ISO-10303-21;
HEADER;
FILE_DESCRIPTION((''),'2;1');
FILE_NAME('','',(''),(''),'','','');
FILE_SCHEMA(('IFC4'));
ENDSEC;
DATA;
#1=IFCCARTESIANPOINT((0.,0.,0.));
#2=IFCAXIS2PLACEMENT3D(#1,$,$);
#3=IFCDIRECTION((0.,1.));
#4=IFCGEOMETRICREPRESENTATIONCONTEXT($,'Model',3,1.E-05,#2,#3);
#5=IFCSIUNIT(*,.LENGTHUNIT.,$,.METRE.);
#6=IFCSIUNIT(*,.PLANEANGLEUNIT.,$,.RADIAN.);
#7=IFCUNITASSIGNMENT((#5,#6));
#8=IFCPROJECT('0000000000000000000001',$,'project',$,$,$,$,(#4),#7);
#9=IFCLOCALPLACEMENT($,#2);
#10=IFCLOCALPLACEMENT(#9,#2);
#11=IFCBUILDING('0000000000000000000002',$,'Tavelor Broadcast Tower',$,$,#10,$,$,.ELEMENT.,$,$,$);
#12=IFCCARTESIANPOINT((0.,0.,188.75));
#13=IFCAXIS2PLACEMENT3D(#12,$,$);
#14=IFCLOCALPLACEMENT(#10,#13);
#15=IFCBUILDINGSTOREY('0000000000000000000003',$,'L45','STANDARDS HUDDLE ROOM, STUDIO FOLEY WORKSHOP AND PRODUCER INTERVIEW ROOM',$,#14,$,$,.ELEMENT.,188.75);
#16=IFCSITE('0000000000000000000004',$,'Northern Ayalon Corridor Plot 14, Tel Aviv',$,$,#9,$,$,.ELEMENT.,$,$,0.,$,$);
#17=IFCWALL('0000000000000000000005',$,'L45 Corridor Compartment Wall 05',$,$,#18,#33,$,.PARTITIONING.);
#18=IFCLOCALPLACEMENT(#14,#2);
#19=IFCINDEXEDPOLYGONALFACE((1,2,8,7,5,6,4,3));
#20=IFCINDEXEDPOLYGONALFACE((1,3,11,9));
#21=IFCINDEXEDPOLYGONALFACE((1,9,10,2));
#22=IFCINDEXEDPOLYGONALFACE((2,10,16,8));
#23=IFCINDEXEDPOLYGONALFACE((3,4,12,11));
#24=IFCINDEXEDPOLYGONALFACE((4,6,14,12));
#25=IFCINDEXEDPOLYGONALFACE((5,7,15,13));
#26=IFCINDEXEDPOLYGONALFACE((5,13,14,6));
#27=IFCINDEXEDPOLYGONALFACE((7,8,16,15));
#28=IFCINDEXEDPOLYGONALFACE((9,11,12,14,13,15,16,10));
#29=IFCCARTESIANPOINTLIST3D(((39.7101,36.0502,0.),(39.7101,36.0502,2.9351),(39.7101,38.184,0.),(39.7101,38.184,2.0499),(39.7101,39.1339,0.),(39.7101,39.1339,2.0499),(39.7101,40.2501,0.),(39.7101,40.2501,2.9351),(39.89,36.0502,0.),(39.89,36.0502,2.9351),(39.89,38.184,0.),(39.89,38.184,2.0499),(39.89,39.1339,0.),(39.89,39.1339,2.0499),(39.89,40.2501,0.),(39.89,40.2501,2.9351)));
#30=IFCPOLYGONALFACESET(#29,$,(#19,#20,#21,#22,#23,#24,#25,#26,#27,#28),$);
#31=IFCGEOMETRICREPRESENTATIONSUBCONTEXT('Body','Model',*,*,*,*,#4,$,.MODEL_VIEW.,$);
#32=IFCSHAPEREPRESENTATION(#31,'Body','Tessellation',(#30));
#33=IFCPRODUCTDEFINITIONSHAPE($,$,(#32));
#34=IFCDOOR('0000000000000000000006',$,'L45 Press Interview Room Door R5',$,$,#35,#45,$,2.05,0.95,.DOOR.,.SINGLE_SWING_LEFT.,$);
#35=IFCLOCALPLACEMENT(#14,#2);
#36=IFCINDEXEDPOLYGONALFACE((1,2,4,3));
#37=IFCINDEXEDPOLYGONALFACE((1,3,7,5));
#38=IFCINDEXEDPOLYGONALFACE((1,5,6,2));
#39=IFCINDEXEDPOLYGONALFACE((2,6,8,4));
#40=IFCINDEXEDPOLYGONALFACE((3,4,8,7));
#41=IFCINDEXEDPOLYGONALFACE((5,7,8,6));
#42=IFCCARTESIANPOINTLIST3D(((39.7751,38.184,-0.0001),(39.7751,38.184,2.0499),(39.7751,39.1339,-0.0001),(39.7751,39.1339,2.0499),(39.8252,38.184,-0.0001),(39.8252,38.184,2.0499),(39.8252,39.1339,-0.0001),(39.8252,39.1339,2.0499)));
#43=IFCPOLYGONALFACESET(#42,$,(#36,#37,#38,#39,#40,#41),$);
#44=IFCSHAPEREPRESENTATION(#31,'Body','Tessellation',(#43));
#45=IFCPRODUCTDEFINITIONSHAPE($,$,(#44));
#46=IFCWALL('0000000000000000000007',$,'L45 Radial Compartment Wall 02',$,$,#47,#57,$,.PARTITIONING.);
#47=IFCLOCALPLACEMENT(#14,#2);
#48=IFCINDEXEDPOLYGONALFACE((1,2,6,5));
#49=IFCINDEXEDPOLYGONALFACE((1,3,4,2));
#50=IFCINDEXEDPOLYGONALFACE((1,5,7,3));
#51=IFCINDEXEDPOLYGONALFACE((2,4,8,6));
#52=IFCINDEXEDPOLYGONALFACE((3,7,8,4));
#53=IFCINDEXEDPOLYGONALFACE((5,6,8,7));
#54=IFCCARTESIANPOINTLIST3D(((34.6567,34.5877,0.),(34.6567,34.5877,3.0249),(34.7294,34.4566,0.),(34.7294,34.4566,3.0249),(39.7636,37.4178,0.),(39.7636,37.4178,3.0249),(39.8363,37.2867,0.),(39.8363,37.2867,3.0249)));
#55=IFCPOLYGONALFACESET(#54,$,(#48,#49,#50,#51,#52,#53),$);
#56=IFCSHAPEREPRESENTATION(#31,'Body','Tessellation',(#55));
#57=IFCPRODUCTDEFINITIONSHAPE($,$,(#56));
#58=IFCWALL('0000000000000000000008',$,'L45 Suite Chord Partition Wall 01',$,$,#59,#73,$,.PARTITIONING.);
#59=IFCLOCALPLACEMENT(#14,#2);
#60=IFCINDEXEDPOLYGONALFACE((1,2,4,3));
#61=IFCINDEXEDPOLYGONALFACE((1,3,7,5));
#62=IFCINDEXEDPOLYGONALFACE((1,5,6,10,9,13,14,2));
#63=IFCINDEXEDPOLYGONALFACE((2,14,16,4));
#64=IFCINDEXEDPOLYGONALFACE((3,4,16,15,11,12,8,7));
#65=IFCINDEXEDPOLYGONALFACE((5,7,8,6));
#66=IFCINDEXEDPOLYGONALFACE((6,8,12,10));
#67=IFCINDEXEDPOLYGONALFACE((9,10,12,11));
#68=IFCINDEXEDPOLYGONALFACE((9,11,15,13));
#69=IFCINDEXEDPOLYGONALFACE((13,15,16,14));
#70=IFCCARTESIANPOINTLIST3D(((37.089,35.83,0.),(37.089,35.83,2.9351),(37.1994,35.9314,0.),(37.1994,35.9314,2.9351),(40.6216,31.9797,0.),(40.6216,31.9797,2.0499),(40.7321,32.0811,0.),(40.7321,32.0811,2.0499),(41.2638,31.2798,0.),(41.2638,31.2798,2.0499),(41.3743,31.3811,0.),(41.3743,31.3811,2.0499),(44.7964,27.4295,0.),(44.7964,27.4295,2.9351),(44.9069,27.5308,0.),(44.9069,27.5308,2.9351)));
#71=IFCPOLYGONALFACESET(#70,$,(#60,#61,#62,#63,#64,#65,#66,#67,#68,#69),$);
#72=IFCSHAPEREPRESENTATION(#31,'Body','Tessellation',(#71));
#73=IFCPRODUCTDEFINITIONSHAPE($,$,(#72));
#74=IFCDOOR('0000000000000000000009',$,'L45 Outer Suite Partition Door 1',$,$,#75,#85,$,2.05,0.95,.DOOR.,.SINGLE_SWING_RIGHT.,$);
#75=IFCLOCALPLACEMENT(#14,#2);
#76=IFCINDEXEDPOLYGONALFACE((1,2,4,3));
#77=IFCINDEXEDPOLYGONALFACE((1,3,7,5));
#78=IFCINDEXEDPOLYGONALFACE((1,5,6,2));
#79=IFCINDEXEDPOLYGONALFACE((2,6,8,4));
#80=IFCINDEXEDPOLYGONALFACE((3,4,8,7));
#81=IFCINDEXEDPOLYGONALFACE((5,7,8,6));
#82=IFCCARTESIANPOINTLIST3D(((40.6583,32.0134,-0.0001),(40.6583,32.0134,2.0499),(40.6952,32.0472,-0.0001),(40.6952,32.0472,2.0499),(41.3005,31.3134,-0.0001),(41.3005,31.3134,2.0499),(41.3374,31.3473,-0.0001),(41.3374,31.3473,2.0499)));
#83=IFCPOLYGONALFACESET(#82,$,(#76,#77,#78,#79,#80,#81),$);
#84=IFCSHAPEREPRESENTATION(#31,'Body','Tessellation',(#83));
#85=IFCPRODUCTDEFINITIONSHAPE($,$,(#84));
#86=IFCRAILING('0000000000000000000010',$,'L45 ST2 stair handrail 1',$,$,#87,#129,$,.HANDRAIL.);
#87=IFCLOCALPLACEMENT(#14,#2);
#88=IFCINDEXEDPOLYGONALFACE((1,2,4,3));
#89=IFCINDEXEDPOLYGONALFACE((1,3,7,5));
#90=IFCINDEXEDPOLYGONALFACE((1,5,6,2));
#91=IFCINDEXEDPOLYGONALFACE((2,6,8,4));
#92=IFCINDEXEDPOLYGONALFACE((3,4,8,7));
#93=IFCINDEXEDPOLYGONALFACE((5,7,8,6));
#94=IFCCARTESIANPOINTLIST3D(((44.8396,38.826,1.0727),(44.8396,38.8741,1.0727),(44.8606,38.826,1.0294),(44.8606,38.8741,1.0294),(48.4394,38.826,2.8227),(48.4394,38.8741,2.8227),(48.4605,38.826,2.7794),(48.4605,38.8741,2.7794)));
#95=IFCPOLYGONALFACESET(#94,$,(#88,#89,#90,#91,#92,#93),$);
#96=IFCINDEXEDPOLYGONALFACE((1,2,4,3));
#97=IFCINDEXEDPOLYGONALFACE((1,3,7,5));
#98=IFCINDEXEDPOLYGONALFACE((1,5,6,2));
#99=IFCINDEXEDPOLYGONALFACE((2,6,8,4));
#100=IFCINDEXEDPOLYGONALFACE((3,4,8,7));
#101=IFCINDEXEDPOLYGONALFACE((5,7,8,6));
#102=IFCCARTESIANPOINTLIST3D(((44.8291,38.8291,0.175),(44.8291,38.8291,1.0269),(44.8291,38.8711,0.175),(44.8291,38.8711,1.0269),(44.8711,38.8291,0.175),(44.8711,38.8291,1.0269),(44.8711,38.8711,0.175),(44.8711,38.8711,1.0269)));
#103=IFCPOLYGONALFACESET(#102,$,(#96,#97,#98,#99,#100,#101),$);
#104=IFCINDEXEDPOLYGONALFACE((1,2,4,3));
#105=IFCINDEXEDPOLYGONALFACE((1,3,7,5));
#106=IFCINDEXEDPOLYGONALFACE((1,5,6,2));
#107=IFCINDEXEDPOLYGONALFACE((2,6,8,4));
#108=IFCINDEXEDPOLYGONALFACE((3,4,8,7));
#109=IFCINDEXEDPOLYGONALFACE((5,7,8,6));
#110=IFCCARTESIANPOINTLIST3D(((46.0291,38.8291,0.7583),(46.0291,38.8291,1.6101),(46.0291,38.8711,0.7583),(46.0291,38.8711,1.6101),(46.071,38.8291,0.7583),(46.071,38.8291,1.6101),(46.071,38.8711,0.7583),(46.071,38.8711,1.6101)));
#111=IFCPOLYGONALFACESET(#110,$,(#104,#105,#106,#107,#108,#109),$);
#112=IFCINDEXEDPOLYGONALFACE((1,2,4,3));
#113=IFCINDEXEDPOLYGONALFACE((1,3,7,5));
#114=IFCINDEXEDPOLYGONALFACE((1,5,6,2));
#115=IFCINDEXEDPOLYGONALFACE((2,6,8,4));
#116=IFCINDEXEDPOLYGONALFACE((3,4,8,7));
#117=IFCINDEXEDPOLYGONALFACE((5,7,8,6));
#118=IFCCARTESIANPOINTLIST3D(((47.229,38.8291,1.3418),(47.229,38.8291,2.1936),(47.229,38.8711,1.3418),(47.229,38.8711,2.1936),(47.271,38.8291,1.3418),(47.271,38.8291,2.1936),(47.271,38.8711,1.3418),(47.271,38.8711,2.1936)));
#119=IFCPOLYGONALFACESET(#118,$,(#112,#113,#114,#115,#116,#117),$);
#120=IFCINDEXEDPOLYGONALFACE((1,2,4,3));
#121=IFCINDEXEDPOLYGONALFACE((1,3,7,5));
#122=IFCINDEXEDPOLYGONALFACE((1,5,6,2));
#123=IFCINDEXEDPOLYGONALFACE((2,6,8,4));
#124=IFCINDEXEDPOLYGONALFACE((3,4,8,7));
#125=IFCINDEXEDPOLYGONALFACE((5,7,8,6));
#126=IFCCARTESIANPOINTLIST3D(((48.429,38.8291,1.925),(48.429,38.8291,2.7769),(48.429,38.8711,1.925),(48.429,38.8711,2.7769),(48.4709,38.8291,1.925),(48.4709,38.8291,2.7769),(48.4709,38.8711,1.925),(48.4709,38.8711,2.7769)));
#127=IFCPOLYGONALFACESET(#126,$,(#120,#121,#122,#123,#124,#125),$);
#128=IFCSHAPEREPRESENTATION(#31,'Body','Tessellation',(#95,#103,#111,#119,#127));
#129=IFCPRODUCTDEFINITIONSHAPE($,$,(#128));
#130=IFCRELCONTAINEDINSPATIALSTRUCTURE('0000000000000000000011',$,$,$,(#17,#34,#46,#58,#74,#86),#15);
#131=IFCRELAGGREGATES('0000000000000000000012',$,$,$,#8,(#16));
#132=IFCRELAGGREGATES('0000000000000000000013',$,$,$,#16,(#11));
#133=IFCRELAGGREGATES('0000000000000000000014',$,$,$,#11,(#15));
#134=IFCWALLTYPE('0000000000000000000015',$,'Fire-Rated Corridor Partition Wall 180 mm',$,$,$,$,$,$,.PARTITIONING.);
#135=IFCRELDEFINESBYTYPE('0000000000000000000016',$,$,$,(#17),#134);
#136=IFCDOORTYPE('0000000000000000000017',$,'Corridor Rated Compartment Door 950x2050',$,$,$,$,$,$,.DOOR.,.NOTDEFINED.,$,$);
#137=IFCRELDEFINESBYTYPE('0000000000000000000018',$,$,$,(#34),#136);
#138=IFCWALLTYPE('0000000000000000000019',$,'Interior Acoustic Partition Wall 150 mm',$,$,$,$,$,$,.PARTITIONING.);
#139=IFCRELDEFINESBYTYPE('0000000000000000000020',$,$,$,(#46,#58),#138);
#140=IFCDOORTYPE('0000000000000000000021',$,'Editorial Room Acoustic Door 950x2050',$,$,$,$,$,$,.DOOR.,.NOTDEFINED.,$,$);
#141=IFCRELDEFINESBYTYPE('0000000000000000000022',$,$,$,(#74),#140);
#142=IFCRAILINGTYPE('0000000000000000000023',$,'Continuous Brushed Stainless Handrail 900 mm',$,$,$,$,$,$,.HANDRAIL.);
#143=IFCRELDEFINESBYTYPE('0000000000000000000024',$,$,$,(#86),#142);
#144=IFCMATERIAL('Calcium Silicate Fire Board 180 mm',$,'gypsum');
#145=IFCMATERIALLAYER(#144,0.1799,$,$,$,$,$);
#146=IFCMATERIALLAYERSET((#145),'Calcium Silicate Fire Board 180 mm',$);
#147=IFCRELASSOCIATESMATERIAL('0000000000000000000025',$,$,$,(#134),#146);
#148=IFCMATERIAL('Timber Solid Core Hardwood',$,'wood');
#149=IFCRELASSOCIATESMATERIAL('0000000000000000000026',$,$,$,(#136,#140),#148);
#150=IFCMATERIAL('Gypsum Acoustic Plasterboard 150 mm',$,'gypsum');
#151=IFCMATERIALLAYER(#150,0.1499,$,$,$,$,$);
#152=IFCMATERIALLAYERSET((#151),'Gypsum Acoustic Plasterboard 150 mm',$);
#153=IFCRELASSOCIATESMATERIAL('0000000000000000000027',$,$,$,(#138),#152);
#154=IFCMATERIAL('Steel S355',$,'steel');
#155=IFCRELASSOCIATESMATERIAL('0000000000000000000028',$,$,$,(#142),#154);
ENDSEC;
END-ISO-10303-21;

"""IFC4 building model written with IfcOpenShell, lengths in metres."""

from ifc_helpers import new_model, si_unit, direction, frame, frame_2d, origin, origin_2d, place, context, subcontext, project, spatial, rectangle, extrude, material, layer, layer_set, type_object, element, fill, save


model = new_model("IFC4")

# Units and contexts
model_context = context("Model", 3, precision=1e-05, world=origin(), true_north=direction((0.0, 1.0)))
body_context = subcontext(model_context, "Body", "Model", "MODEL_VIEW")
ifc_project = project(units=[si_unit("LENGTHUNIT", "METRE"), si_unit("PLANEANGLEUNIT", "RADIAN")], contexts=[model_context])

# Site, building, storey
site_placement = place(None, origin())
site = spatial("IfcSite", under=ifc_project, at=site_placement, Name="Northern Ayalon Corridor Plot 14, Tel Aviv", CompositionType="ELEMENT", RefElevation=0.0)
building_placement = place(site_placement, origin())
building = spatial("IfcBuilding", under=site, at=building_placement, Name="Tavelor Broadcast Tower", CompositionType="ELEMENT")
storey_placement = place(building_placement, frame((0.0, 0.0, 188.75)))
storey = spatial("IfcBuildingStorey", under=building, at=storey_placement, Name="L45", Description="STANDARDS HUDDLE ROOM, STUDIO FOLEY WORKSHOP AND PRODUCER INTERVIEW ROOM", CompositionType="ELEMENT", Elevation=188.75)

# Shared definitions
ifc_material_1 = material(Name="Steel S355", Category="steel")

# Wall, opening, door
ifc_material_2 = material(Name="Calcium Silicate Fire Board 180 mm", Category="gypsum")
ifc_layer_1 = layer(ifc_material_2, 0.1799)
ifc_layer_set_1 = layer_set([ifc_layer_1], Name="Calcium Silicate Fire Board 180 mm")
wall_type_1 = type_object("IfcWallType", Name="Fire-Rated Corridor Partition Wall 180 mm", PredefinedType="PARTITIONING", material=ifc_layer_set_1)
wall_1_placement = place(storey_placement, frame((39.8, 36.05, 0.0), z_axis=(0.0, 0.0, 1.0), x_axis=(0.0, 1.0, 0.0)))
wall_1 = element("IfcWall", 1, at=wall_1_placement, inside=storey, type_object=wall_type_1, Name="L45 Corridor Compartment Wall 05", PredefinedType="PARTITIONING", context=body_context, shape_type="SweptSolid", body=[
    extrude(rectangle(XDim=4.2, YDim=0.1799, at=frame_2d((2.1001, 0.0))), origin(), (0.0, 0.0, 1.0), 2.9351),
])
opening_1_placement = place(wall_1_placement, frame((2.1338, 0.0, 0.0)))
opening_1 = element("IfcOpeningElement", 2, at=opening_1_placement, cuts=wall_1, PredefinedType="OPENING", context=body_context, shape_type="SweptSolid", body=[
    extrude(rectangle(XDim=0.95, YDim=2.05, at=frame_2d((0.4751, 1.0249))), frame((0.0, 0.1001, 0.0), z_axis=(0.0, -1.0, 0.0), x_axis=(1.0, 0.0, 0.0)), (0.0, 0.0, 1.0), 0.2),
])
ifc_material_3 = material(Name="Timber Solid Core Hardwood", Category="wood")
door_type_1 = type_object("IfcDoorType", Name="Corridor Rated Compartment Door 950x2050", OperationType="NOTDEFINED", PredefinedType="DOOR", material=ifc_material_3)
door_1_placement = place(opening_1_placement, origin())
door_1 = element("IfcDoor", 3, at=door_1_placement, inside=storey, type_object=door_type_1, Name="L45 Press Interview Room Door R5", OperationType="SINGLE_SWING_LEFT", OverallHeight=2.05, OverallWidth=0.95, PredefinedType="DOOR", context=body_context, shape_type="SweptSolid", body=[
    extrude(rectangle(XDim=0.95, YDim=2.05, at=frame_2d((0.4751, 1.0249))), frame((0.0, 0.0249, 0.0), z_axis=(0.0, -1.0, 0.0), x_axis=(1.0, 0.0, 0.0)), (0.0, 0.0, 1.0), 0.05),
])
fill(opening_1, door_1)

# Wall
ifc_material_4 = material(Name="Gypsum Acoustic Plasterboard 150 mm", Category="gypsum")
ifc_layer_2 = layer(ifc_material_4, 0.1499)
ifc_layer_set_2 = layer_set([ifc_layer_2], Name="Gypsum Acoustic Plasterboard 150 mm")
wall_type_2 = type_object("IfcWallType", Name="Interior Acoustic Partition Wall 150 mm", PredefinedType="PARTITIONING", material=ifc_layer_set_2)
wall_2_placement = place(storey_placement, frame((39.8, 37.3523, 0.0), z_axis=(0.0, 0.0, 1.0), x_axis=(-0.874674, -0.484712, 0.0)))
element("IfcWall", 4, at=wall_2_placement, inside=storey, type_object=wall_type_2, Name="L45 Radial Compartment Wall 02", PredefinedType="PARTITIONING", context=body_context, shape_type="SweptSolid", body=[
    extrude(rectangle(XDim=5.8386, YDim=0.1499, at=frame_2d((2.9194, 0.0))), origin(), (0.0, 0.0, 1.0), 3.0249),
])

# Wall, opening, door
wall_3_placement = place(storey_placement, frame((37.1443, 35.8806, 0.0), z_axis=(0.0, 0.0, 1.0), x_axis=(0.676055, -0.736851, 0.0)))
wall_3 = element("IfcWall", 5, at=wall_3_placement, inside=storey, type_object=wall_type_2, Name="L45 Suite Chord Partition Wall 01", PredefinedType="PARTITIONING", context=body_context, shape_type="SweptSolid", body=[
    extrude(rectangle(XDim=11.4006, YDim=0.1499, at=frame_2d((5.7002, 0.0))), origin(), (0.0, 0.0, 1.0), 2.9351),
])
opening_2_placement = place(wall_3_placement, frame((5.2251, 0.0, 0.0)))
opening_2 = element("IfcOpeningElement", 6, at=opening_2_placement, cuts=wall_3, PredefinedType="OPENING", context=body_context, shape_type="SweptSolid", body=[
    extrude(rectangle(XDim=0.95, YDim=2.05, at=frame_2d((0.4751, 1.0249))), frame((0.0, 0.085, 0.0), z_axis=(0.0, -1.0, 0.0), x_axis=(1.0, 0.0, 0.0)), (0.0, 0.0, 1.0), 0.1699),
])
door_type_2 = type_object("IfcDoorType", Name="Editorial Room Acoustic Door 950x2050", OperationType="NOTDEFINED", PredefinedType="DOOR", material=ifc_material_3)
door_2_placement = place(opening_2_placement, origin())
door_2 = element("IfcDoor", 7, at=door_2_placement, inside=storey, type_object=door_type_2, Name="L45 Outer Suite Partition Door 1", OperationType="SINGLE_SWING_RIGHT", OverallHeight=2.05, OverallWidth=0.95, PredefinedType="DOOR", context=body_context, shape_type="SweptSolid", body=[
    extrude(rectangle(XDim=0.95, YDim=2.05, at=frame_2d((0.4751, 1.0249))), frame((0.0, 0.0249, 0.0), z_axis=(0.0, -1.0, 0.0), x_axis=(1.0, 0.0, 0.0)), (0.0, 0.0, 1.0), 0.05),
])
fill(opening_2, door_2)

# Railing
railing_type = type_object("IfcRailingType", Name="Continuous Brushed Stainless Handrail 900 mm", PredefinedType="HANDRAIL", material=ifc_material_1)
railing_placement = place(storey_placement, frame((44.8501, 38.8501, 0.175)))
element("IfcRailing", 8, at=railing_placement, inside=storey, type_object=railing_type, Name="L45 ST2 stair handrail 1", PredefinedType="HANDRAIL", context=body_context, shape_type="SweptSolid", body=[
    extrude(rectangle(XDim=0.0481, YDim=0.0481, at=origin_2d()), frame((0.0, 0.0, 0.876), z_axis=(0.899361, 0.0, 0.437207), x_axis=(0.0, 1.0, 0.0)), (0.0, 0.0, 1.0), 4.0027),
    extrude(rectangle(XDim=0.042, YDim=0.042, at=origin_2d()), origin(), (0.0, 0.0, 1.0), 0.8518),
    extrude(rectangle(XDim=0.042, YDim=0.042, at=origin_2d()), frame((1.2, 0.0, 0.5833)), (0.0, 0.0, 1.0), 0.8518),
    extrude(rectangle(XDim=0.042, YDim=0.042, at=origin_2d()), frame((2.3999, 0.0, 1.1667)), (0.0, 0.0, 1.0), 0.8518),
    extrude(rectangle(XDim=0.042, YDim=0.042, at=origin_2d()), frame((3.5999, 0.0, 1.75)), (0.0, 0.0, 1.0), 0.8518),
])

save(model, "model.ifc")
